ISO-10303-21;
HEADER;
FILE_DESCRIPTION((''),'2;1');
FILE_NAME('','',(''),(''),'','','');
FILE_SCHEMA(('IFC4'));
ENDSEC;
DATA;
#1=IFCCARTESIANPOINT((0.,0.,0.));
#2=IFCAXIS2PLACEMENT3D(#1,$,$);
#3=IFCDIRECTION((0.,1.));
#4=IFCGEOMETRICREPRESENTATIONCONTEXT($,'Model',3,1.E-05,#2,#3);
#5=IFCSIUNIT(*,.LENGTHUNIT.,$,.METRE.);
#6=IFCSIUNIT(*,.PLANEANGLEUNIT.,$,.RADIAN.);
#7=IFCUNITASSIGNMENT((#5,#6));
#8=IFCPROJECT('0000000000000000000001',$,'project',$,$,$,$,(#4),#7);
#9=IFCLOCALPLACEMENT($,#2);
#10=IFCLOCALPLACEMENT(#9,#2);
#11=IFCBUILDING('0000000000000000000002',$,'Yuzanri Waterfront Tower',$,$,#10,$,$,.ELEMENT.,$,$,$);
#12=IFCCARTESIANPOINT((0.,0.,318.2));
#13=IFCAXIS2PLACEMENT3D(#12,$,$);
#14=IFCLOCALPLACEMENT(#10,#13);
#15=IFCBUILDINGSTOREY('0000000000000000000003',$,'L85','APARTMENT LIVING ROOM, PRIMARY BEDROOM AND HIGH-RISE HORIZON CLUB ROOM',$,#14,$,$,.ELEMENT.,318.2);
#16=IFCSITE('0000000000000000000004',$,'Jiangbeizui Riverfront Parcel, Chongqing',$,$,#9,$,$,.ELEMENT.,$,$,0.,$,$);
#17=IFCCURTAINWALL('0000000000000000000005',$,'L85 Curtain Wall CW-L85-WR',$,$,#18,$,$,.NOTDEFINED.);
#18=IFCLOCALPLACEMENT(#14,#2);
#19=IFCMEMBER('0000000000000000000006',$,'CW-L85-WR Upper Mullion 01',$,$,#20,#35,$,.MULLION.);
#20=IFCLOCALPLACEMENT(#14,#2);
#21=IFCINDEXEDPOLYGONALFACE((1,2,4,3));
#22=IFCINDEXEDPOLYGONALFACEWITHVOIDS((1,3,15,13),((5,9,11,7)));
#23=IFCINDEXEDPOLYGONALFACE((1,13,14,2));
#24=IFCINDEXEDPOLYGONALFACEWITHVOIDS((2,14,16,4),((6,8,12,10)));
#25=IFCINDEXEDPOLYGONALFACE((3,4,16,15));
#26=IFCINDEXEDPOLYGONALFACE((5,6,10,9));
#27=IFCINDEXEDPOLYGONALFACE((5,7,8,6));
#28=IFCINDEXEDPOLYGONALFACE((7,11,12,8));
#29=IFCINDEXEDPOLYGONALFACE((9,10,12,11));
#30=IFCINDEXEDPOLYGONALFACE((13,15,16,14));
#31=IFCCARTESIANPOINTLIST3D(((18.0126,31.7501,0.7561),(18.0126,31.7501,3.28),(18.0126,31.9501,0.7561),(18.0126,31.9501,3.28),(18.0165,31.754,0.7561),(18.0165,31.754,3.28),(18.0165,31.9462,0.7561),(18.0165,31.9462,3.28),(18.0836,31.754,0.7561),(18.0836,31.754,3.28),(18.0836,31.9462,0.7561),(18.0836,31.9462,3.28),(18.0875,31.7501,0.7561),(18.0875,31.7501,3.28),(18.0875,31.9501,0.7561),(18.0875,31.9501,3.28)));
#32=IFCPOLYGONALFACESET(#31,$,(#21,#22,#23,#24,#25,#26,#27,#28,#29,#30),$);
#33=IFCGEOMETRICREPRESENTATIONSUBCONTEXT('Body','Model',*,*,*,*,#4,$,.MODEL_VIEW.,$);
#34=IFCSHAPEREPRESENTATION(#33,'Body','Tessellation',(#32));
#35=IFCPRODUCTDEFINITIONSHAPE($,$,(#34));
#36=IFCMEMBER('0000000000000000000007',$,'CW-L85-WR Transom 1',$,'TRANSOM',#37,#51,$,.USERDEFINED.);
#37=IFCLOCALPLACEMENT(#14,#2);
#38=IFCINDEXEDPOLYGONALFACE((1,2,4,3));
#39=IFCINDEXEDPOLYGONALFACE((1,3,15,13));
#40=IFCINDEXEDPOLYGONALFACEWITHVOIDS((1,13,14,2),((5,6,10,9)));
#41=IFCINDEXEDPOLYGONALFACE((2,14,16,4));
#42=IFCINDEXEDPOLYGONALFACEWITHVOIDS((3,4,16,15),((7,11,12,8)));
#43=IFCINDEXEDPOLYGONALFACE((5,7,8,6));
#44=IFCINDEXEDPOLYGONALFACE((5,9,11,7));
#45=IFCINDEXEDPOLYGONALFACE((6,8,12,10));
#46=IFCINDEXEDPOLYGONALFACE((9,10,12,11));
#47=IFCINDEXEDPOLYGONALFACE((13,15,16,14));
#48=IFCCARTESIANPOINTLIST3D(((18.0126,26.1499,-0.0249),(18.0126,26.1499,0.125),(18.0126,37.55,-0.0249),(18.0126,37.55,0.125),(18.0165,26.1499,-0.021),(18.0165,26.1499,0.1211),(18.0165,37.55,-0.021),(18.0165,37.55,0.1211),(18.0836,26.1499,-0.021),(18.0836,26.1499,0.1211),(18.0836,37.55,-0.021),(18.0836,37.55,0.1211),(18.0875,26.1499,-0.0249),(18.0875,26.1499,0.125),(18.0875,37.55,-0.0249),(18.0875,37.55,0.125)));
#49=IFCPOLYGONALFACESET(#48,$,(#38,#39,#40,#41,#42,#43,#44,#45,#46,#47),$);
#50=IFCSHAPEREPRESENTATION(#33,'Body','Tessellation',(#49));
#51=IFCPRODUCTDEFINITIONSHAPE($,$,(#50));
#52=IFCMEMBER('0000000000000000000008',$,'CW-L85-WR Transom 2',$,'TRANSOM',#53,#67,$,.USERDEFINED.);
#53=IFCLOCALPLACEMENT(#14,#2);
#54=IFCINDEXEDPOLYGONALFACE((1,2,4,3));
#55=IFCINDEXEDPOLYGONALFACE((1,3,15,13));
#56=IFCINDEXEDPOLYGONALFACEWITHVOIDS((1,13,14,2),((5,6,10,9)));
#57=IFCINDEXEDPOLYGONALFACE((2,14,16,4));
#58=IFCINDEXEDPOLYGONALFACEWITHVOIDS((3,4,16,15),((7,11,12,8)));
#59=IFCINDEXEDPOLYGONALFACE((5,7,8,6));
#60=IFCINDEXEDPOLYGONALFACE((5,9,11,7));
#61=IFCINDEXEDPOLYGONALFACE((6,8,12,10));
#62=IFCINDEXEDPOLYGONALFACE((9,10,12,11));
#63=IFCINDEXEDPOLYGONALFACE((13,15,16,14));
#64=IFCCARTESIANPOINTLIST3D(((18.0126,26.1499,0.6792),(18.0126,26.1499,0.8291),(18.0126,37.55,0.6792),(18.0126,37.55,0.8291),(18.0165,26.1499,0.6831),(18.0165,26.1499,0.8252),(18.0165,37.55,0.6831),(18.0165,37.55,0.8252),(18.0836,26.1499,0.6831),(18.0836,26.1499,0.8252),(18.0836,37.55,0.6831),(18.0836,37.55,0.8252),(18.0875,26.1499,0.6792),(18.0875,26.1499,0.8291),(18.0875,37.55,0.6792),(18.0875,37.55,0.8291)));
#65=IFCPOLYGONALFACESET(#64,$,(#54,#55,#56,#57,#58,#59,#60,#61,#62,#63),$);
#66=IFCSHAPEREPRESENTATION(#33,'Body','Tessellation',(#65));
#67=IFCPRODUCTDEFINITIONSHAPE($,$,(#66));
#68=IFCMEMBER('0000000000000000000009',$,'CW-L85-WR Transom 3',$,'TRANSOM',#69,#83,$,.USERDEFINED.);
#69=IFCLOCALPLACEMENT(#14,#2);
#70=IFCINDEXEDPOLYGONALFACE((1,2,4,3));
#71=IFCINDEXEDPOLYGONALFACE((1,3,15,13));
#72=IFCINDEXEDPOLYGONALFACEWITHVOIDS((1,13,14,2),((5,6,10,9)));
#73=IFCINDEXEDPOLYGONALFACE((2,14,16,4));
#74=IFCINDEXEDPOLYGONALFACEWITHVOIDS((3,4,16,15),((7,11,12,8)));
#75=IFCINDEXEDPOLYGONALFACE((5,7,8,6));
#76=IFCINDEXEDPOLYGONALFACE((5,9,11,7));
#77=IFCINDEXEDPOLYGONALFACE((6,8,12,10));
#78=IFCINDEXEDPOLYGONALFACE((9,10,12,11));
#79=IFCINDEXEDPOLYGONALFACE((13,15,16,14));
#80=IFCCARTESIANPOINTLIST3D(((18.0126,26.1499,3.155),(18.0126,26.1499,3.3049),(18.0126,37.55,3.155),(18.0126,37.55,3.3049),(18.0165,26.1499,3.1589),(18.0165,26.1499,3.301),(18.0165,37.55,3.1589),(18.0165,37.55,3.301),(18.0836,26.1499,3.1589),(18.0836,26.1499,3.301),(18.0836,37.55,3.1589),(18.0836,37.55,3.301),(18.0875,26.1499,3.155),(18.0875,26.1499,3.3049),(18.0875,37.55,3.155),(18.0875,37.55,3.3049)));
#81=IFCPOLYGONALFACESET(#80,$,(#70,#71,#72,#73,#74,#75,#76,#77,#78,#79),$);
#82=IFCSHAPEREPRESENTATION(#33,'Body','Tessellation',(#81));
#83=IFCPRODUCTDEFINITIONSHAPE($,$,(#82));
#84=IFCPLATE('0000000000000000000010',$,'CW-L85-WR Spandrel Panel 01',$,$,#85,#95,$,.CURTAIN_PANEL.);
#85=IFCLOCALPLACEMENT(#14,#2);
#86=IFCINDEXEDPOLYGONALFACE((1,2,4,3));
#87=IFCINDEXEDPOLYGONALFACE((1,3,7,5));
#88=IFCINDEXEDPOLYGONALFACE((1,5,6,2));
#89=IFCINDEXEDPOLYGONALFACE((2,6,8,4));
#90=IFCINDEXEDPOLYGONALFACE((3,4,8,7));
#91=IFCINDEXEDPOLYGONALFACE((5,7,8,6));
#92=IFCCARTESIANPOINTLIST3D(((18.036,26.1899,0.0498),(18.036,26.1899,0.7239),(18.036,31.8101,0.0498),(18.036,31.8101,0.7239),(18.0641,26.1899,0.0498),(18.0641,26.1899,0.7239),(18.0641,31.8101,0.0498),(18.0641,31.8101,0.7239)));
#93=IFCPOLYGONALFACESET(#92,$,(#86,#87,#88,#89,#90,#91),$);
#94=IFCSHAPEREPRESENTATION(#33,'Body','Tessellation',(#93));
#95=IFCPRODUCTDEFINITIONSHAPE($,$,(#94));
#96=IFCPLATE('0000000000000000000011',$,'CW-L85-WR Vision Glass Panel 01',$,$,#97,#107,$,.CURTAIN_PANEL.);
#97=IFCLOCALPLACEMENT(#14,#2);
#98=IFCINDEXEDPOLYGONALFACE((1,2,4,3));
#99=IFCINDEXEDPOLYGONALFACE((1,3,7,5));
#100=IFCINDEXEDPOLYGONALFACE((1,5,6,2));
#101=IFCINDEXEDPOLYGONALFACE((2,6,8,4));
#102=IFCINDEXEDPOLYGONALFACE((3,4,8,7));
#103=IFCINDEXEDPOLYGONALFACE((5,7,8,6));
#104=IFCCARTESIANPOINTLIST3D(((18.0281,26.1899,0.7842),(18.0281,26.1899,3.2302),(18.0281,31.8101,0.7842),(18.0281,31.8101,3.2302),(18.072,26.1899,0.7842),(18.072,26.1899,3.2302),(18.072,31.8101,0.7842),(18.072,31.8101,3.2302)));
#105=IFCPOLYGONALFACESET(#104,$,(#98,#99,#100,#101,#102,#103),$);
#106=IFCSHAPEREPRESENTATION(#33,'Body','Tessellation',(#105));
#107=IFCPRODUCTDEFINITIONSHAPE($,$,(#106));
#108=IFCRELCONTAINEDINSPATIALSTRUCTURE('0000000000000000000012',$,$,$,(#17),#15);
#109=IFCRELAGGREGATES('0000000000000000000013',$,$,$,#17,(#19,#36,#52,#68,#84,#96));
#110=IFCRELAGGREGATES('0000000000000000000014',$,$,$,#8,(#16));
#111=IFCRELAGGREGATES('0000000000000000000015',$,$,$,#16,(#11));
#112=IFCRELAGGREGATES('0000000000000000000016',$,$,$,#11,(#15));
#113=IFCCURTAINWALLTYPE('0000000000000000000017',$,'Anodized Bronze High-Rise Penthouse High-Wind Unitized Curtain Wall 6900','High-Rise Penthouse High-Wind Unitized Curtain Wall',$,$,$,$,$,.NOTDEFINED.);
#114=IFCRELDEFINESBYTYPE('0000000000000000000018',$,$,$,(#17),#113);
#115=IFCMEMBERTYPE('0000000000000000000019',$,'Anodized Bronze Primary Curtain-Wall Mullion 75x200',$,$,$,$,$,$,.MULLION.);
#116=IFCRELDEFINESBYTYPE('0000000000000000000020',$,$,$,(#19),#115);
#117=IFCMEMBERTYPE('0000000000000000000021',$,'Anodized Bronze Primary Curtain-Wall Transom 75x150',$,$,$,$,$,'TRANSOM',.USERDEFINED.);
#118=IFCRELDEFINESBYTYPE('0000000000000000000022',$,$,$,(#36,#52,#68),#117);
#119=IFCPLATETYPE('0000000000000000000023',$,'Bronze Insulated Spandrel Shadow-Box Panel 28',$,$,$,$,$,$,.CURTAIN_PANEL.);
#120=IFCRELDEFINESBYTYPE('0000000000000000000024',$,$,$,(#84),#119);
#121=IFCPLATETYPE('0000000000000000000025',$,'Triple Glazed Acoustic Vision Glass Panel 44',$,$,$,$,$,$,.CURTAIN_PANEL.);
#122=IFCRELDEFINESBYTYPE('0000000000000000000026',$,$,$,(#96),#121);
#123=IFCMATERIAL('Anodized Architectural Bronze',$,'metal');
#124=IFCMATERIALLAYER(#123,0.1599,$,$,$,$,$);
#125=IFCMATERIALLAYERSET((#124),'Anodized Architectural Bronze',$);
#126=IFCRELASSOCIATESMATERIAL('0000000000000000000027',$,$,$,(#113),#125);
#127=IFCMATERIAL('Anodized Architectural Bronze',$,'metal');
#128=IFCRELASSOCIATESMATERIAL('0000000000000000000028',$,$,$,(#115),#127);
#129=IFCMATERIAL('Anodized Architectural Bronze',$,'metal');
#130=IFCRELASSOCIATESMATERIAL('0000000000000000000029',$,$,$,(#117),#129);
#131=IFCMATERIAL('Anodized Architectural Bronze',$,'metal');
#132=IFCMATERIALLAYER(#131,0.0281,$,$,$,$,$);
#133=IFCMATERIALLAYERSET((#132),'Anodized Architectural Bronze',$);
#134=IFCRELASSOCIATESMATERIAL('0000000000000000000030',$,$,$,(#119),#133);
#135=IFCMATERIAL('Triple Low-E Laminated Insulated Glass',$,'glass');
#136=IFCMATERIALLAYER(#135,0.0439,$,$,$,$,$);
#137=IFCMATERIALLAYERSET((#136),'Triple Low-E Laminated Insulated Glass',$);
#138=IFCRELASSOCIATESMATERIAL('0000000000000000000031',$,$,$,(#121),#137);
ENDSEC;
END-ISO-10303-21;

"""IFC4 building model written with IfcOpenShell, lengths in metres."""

from ifc_helpers import new_model, si_unit, direction, frame, origin, origin_2d, place, context, subcontext, project, spatial, rectangle, hollow_rectangle, extrude, source, transform, mapped, material, layer, layer_set, material_profile, profile_set, type_object, element, aggregate, save


model = new_model("IFC4")

# Units and contexts
model_context = context("Model", 3, precision=1e-05, world=origin(), true_north=direction((0.0, 1.0)))
body_context = subcontext(model_context, "Body", "Model", "MODEL_VIEW")
ifc_project = project(units=[si_unit("LENGTHUNIT", "METRE"), si_unit("PLANEANGLEUNIT", "RADIAN")], contexts=[model_context])

# Site, building, storey
site_placement = place(None, origin())
site = spatial("IfcSite", under=ifc_project, at=site_placement, Name="Jiangbeizui Riverfront Parcel, Chongqing", CompositionType="ELEMENT", RefElevation=0.0)
building_placement = place(site_placement, origin())
building = spatial("IfcBuilding", under=site, at=building_placement, Name="Yuzanri Waterfront Tower", CompositionType="ELEMENT")
storey_placement = place(building_placement, frame((0.0, 0.0, 318.2)))
storey = spatial("IfcBuildingStorey", under=building, at=storey_placement, Name="L85", Description="APARTMENT LIVING ROOM, PRIMARY BEDROOM AND HIGH-RISE HORIZON CLUB ROOM", CompositionType="ELEMENT", Elevation=318.2)

# Curtain wall, members, plates
ifc_material_1 = material(Name="Anodized Architectural Bronze", Category="metal")
ifc_layer_1 = layer(ifc_material_1, 0.1599)
ifc_layer_set_1 = layer_set([ifc_layer_1], Name="Anodized Architectural Bronze")
curtain_wall_type = type_object("IfcCurtainWallType", Name="Anodized Bronze High-Rise Penthouse High-Wind Unitized Curtain Wall 6900", Description="High-Rise Penthouse High-Wind Unitized Curtain Wall", PredefinedType="NOTDEFINED", material=ifc_layer_set_1)
curtain_wall_placement = place(storey_placement, origin())
curtain_wall = element("IfcCurtainWall", 1, at=curtain_wall_placement, inside=storey, type_object=curtain_wall_type, Name="L85 Curtain Wall CW-L85-WR", PredefinedType="NOTDEFINED")
ifc_material_2 = material(Name="Anodized Architectural Bronze", Category="metal")
ifc_material_profile_1 = material_profile(ifc_material_2, hollow_rectangle(XDim=0.075, YDim=0.2, WallThickness=0.0039, at=origin_2d()), Name="CWM 75x200")
ifc_profile_set_1 = profile_set([ifc_material_profile_1], Name="Anodized Architectural Bronze")
member_type_1 = type_object("IfcMemberType", Name="Anodized Bronze Primary Curtain-Wall Mullion 75x200", PredefinedType="MULLION", material=ifc_profile_set_1)
shared_shape_1 = source(origin(), body_context, "Body", "SweptSolid", [
    extrude(hollow_rectangle(XDim=0.075, YDim=0.2, WallThickness=0.0039, at=origin_2d()), origin(), (0.0, 0.0, 1.0), 2.5239),
])
member_1_placement = place(storey_placement, frame((18.05, 31.8501, 0.7561), z_axis=(0.0, 0.0, 1.0), x_axis=(1.0, 0.0, 0.0)))
member_1 = element("IfcMember", 2, at=member_1_placement, type_object=member_type_1, Name="CW-L85-WR Upper Mullion 01", PredefinedType="MULLION", context=body_context, shape_type="MappedRepresentation", body=[
    mapped(shared_shape_1, transform((0.0, 0.0, 0.0), scale=1.0)),
])
ifc_material_3 = material(Name="Anodized Architectural Bronze", Category="metal")
ifc_material_profile_2 = material_profile(ifc_material_3, hollow_rectangle(XDim=0.075, YDim=0.1499, WallThickness=0.0039, at=origin_2d()), Name="CWT 75x150")
ifc_profile_set_2 = profile_set([ifc_material_profile_2], Name="Anodized Architectural Bronze")
member_type_2 = type_object("IfcMemberType", Name="Anodized Bronze Primary Curtain-Wall Transom 75x150", ElementType="TRANSOM", PredefinedType="USERDEFINED", material=ifc_profile_set_2)
shared_shape_2 = source(origin(), body_context, "Body", "SweptSolid", [
    extrude(hollow_rectangle(XDim=0.075, YDim=0.1499, WallThickness=0.0039, at=origin_2d()), origin(), (0.0, 0.0, 1.0), 11.4001),
])
member_2_placement = place(storey_placement, frame((18.05, 26.1499, 0.05), z_axis=(0.0, 1.0, 0.0), x_axis=(-1.0, 0.0, 0.0)))
member_2 = element("IfcMember", 3, at=member_2_placement, type_object=member_type_2, Name="CW-L85-WR Transom 1", ObjectType="TRANSOM", PredefinedType="USERDEFINED", context=body_context, shape_type="MappedRepresentation", body=[
    mapped(shared_shape_2, transform((0.0, 0.0, 0.0), scale=1.0)),
])
member_3_placement = place(storey_placement, frame((18.05, 26.1499, 0.7542), z_axis=(0.0, 1.0, 0.0), x_axis=(-1.0, 0.0, 0.0)))
member_3 = element("IfcMember", 4, at=member_3_placement, type_object=member_type_2, Name="CW-L85-WR Transom 2", ObjectType="TRANSOM", PredefinedType="USERDEFINED", context=body_context, shape_type="MappedRepresentation", body=[
    mapped(shared_shape_2, transform((0.0, 0.0, 0.0), scale=1.0)),
])
member_4_placement = place(storey_placement, frame((18.05, 26.1499, 3.23), z_axis=(0.0, 1.0, 0.0), x_axis=(-1.0, 0.0, 0.0)))
member_4 = element("IfcMember", 5, at=member_4_placement, type_object=member_type_2, Name="CW-L85-WR Transom 3", ObjectType="TRANSOM", PredefinedType="USERDEFINED", context=body_context, shape_type="MappedRepresentation", body=[
    mapped(shared_shape_2, transform((0.0, 0.0, 0.0), scale=1.0)),
])
ifc_material_4 = material(Name="Anodized Architectural Bronze", Category="metal")
ifc_layer_2 = layer(ifc_material_4, 0.0281)
ifc_layer_set_2 = layer_set([ifc_layer_2], Name="Anodized Architectural Bronze")
plate_type_1 = type_object("IfcPlateType", Name="Bronze Insulated Spandrel Shadow-Box Panel 28", PredefinedType="CURTAIN_PANEL", material=ifc_layer_set_2)
shared_shape_3 = source(origin(), body_context, "Body", "SweptSolid", [
    extrude(rectangle(XDim=5.6201, YDim=0.0281, at=origin_2d()), origin(), (0.0, 0.0, 1.0), 0.6741),
])
plate_1_placement = place(storey_placement, frame((18.05, 29.0, 0.0498), z_axis=(0.0, 0.0, 1.0), x_axis=(0.0, 1.0, 0.0)))
plate_1 = element("IfcPlate", 6, at=plate_1_placement, type_object=plate_type_1, Name="CW-L85-WR Spandrel Panel 01", PredefinedType="CURTAIN_PANEL", context=body_context, shape_type="MappedRepresentation", body=[
    mapped(shared_shape_3, transform((0.0, 0.0, 0.0), scale=1.0)),
])
ifc_material_5 = material(Name="Triple Low-E Laminated Insulated Glass", Category="glass")
ifc_layer_3 = layer(ifc_material_5, 0.0439)
ifc_layer_set_3 = layer_set([ifc_layer_3], Name="Triple Low-E Laminated Insulated Glass")
plate_type_2 = type_object("IfcPlateType", Name="Triple Glazed Acoustic Vision Glass Panel 44", PredefinedType="CURTAIN_PANEL", material=ifc_layer_set_3)
shared_shape_4 = source(origin(), body_context, "Body", "SweptSolid", [
    extrude(rectangle(XDim=5.6201, YDim=0.0439, at=origin_2d()), origin(), (0.0, 0.0, 1.0), 2.446),
])
plate_2_placement = place(storey_placement, frame((18.05, 29.0, 0.7842), z_axis=(0.0, 0.0, 1.0), x_axis=(0.0, 1.0, 0.0)))
plate_2 = element("IfcPlate", 7, at=plate_2_placement, type_object=plate_type_2, Name="CW-L85-WR Vision Glass Panel 01", PredefinedType="CURTAIN_PANEL", context=body_context, shape_type="MappedRepresentation", body=[
    mapped(shared_shape_4, transform((0.0, 0.0, 0.0), scale=1.0)),
])
aggregate(curtain_wall, [member_1, member_2, member_3, member_4, plate_1, plate_2])

save(model, "model.ifc")
